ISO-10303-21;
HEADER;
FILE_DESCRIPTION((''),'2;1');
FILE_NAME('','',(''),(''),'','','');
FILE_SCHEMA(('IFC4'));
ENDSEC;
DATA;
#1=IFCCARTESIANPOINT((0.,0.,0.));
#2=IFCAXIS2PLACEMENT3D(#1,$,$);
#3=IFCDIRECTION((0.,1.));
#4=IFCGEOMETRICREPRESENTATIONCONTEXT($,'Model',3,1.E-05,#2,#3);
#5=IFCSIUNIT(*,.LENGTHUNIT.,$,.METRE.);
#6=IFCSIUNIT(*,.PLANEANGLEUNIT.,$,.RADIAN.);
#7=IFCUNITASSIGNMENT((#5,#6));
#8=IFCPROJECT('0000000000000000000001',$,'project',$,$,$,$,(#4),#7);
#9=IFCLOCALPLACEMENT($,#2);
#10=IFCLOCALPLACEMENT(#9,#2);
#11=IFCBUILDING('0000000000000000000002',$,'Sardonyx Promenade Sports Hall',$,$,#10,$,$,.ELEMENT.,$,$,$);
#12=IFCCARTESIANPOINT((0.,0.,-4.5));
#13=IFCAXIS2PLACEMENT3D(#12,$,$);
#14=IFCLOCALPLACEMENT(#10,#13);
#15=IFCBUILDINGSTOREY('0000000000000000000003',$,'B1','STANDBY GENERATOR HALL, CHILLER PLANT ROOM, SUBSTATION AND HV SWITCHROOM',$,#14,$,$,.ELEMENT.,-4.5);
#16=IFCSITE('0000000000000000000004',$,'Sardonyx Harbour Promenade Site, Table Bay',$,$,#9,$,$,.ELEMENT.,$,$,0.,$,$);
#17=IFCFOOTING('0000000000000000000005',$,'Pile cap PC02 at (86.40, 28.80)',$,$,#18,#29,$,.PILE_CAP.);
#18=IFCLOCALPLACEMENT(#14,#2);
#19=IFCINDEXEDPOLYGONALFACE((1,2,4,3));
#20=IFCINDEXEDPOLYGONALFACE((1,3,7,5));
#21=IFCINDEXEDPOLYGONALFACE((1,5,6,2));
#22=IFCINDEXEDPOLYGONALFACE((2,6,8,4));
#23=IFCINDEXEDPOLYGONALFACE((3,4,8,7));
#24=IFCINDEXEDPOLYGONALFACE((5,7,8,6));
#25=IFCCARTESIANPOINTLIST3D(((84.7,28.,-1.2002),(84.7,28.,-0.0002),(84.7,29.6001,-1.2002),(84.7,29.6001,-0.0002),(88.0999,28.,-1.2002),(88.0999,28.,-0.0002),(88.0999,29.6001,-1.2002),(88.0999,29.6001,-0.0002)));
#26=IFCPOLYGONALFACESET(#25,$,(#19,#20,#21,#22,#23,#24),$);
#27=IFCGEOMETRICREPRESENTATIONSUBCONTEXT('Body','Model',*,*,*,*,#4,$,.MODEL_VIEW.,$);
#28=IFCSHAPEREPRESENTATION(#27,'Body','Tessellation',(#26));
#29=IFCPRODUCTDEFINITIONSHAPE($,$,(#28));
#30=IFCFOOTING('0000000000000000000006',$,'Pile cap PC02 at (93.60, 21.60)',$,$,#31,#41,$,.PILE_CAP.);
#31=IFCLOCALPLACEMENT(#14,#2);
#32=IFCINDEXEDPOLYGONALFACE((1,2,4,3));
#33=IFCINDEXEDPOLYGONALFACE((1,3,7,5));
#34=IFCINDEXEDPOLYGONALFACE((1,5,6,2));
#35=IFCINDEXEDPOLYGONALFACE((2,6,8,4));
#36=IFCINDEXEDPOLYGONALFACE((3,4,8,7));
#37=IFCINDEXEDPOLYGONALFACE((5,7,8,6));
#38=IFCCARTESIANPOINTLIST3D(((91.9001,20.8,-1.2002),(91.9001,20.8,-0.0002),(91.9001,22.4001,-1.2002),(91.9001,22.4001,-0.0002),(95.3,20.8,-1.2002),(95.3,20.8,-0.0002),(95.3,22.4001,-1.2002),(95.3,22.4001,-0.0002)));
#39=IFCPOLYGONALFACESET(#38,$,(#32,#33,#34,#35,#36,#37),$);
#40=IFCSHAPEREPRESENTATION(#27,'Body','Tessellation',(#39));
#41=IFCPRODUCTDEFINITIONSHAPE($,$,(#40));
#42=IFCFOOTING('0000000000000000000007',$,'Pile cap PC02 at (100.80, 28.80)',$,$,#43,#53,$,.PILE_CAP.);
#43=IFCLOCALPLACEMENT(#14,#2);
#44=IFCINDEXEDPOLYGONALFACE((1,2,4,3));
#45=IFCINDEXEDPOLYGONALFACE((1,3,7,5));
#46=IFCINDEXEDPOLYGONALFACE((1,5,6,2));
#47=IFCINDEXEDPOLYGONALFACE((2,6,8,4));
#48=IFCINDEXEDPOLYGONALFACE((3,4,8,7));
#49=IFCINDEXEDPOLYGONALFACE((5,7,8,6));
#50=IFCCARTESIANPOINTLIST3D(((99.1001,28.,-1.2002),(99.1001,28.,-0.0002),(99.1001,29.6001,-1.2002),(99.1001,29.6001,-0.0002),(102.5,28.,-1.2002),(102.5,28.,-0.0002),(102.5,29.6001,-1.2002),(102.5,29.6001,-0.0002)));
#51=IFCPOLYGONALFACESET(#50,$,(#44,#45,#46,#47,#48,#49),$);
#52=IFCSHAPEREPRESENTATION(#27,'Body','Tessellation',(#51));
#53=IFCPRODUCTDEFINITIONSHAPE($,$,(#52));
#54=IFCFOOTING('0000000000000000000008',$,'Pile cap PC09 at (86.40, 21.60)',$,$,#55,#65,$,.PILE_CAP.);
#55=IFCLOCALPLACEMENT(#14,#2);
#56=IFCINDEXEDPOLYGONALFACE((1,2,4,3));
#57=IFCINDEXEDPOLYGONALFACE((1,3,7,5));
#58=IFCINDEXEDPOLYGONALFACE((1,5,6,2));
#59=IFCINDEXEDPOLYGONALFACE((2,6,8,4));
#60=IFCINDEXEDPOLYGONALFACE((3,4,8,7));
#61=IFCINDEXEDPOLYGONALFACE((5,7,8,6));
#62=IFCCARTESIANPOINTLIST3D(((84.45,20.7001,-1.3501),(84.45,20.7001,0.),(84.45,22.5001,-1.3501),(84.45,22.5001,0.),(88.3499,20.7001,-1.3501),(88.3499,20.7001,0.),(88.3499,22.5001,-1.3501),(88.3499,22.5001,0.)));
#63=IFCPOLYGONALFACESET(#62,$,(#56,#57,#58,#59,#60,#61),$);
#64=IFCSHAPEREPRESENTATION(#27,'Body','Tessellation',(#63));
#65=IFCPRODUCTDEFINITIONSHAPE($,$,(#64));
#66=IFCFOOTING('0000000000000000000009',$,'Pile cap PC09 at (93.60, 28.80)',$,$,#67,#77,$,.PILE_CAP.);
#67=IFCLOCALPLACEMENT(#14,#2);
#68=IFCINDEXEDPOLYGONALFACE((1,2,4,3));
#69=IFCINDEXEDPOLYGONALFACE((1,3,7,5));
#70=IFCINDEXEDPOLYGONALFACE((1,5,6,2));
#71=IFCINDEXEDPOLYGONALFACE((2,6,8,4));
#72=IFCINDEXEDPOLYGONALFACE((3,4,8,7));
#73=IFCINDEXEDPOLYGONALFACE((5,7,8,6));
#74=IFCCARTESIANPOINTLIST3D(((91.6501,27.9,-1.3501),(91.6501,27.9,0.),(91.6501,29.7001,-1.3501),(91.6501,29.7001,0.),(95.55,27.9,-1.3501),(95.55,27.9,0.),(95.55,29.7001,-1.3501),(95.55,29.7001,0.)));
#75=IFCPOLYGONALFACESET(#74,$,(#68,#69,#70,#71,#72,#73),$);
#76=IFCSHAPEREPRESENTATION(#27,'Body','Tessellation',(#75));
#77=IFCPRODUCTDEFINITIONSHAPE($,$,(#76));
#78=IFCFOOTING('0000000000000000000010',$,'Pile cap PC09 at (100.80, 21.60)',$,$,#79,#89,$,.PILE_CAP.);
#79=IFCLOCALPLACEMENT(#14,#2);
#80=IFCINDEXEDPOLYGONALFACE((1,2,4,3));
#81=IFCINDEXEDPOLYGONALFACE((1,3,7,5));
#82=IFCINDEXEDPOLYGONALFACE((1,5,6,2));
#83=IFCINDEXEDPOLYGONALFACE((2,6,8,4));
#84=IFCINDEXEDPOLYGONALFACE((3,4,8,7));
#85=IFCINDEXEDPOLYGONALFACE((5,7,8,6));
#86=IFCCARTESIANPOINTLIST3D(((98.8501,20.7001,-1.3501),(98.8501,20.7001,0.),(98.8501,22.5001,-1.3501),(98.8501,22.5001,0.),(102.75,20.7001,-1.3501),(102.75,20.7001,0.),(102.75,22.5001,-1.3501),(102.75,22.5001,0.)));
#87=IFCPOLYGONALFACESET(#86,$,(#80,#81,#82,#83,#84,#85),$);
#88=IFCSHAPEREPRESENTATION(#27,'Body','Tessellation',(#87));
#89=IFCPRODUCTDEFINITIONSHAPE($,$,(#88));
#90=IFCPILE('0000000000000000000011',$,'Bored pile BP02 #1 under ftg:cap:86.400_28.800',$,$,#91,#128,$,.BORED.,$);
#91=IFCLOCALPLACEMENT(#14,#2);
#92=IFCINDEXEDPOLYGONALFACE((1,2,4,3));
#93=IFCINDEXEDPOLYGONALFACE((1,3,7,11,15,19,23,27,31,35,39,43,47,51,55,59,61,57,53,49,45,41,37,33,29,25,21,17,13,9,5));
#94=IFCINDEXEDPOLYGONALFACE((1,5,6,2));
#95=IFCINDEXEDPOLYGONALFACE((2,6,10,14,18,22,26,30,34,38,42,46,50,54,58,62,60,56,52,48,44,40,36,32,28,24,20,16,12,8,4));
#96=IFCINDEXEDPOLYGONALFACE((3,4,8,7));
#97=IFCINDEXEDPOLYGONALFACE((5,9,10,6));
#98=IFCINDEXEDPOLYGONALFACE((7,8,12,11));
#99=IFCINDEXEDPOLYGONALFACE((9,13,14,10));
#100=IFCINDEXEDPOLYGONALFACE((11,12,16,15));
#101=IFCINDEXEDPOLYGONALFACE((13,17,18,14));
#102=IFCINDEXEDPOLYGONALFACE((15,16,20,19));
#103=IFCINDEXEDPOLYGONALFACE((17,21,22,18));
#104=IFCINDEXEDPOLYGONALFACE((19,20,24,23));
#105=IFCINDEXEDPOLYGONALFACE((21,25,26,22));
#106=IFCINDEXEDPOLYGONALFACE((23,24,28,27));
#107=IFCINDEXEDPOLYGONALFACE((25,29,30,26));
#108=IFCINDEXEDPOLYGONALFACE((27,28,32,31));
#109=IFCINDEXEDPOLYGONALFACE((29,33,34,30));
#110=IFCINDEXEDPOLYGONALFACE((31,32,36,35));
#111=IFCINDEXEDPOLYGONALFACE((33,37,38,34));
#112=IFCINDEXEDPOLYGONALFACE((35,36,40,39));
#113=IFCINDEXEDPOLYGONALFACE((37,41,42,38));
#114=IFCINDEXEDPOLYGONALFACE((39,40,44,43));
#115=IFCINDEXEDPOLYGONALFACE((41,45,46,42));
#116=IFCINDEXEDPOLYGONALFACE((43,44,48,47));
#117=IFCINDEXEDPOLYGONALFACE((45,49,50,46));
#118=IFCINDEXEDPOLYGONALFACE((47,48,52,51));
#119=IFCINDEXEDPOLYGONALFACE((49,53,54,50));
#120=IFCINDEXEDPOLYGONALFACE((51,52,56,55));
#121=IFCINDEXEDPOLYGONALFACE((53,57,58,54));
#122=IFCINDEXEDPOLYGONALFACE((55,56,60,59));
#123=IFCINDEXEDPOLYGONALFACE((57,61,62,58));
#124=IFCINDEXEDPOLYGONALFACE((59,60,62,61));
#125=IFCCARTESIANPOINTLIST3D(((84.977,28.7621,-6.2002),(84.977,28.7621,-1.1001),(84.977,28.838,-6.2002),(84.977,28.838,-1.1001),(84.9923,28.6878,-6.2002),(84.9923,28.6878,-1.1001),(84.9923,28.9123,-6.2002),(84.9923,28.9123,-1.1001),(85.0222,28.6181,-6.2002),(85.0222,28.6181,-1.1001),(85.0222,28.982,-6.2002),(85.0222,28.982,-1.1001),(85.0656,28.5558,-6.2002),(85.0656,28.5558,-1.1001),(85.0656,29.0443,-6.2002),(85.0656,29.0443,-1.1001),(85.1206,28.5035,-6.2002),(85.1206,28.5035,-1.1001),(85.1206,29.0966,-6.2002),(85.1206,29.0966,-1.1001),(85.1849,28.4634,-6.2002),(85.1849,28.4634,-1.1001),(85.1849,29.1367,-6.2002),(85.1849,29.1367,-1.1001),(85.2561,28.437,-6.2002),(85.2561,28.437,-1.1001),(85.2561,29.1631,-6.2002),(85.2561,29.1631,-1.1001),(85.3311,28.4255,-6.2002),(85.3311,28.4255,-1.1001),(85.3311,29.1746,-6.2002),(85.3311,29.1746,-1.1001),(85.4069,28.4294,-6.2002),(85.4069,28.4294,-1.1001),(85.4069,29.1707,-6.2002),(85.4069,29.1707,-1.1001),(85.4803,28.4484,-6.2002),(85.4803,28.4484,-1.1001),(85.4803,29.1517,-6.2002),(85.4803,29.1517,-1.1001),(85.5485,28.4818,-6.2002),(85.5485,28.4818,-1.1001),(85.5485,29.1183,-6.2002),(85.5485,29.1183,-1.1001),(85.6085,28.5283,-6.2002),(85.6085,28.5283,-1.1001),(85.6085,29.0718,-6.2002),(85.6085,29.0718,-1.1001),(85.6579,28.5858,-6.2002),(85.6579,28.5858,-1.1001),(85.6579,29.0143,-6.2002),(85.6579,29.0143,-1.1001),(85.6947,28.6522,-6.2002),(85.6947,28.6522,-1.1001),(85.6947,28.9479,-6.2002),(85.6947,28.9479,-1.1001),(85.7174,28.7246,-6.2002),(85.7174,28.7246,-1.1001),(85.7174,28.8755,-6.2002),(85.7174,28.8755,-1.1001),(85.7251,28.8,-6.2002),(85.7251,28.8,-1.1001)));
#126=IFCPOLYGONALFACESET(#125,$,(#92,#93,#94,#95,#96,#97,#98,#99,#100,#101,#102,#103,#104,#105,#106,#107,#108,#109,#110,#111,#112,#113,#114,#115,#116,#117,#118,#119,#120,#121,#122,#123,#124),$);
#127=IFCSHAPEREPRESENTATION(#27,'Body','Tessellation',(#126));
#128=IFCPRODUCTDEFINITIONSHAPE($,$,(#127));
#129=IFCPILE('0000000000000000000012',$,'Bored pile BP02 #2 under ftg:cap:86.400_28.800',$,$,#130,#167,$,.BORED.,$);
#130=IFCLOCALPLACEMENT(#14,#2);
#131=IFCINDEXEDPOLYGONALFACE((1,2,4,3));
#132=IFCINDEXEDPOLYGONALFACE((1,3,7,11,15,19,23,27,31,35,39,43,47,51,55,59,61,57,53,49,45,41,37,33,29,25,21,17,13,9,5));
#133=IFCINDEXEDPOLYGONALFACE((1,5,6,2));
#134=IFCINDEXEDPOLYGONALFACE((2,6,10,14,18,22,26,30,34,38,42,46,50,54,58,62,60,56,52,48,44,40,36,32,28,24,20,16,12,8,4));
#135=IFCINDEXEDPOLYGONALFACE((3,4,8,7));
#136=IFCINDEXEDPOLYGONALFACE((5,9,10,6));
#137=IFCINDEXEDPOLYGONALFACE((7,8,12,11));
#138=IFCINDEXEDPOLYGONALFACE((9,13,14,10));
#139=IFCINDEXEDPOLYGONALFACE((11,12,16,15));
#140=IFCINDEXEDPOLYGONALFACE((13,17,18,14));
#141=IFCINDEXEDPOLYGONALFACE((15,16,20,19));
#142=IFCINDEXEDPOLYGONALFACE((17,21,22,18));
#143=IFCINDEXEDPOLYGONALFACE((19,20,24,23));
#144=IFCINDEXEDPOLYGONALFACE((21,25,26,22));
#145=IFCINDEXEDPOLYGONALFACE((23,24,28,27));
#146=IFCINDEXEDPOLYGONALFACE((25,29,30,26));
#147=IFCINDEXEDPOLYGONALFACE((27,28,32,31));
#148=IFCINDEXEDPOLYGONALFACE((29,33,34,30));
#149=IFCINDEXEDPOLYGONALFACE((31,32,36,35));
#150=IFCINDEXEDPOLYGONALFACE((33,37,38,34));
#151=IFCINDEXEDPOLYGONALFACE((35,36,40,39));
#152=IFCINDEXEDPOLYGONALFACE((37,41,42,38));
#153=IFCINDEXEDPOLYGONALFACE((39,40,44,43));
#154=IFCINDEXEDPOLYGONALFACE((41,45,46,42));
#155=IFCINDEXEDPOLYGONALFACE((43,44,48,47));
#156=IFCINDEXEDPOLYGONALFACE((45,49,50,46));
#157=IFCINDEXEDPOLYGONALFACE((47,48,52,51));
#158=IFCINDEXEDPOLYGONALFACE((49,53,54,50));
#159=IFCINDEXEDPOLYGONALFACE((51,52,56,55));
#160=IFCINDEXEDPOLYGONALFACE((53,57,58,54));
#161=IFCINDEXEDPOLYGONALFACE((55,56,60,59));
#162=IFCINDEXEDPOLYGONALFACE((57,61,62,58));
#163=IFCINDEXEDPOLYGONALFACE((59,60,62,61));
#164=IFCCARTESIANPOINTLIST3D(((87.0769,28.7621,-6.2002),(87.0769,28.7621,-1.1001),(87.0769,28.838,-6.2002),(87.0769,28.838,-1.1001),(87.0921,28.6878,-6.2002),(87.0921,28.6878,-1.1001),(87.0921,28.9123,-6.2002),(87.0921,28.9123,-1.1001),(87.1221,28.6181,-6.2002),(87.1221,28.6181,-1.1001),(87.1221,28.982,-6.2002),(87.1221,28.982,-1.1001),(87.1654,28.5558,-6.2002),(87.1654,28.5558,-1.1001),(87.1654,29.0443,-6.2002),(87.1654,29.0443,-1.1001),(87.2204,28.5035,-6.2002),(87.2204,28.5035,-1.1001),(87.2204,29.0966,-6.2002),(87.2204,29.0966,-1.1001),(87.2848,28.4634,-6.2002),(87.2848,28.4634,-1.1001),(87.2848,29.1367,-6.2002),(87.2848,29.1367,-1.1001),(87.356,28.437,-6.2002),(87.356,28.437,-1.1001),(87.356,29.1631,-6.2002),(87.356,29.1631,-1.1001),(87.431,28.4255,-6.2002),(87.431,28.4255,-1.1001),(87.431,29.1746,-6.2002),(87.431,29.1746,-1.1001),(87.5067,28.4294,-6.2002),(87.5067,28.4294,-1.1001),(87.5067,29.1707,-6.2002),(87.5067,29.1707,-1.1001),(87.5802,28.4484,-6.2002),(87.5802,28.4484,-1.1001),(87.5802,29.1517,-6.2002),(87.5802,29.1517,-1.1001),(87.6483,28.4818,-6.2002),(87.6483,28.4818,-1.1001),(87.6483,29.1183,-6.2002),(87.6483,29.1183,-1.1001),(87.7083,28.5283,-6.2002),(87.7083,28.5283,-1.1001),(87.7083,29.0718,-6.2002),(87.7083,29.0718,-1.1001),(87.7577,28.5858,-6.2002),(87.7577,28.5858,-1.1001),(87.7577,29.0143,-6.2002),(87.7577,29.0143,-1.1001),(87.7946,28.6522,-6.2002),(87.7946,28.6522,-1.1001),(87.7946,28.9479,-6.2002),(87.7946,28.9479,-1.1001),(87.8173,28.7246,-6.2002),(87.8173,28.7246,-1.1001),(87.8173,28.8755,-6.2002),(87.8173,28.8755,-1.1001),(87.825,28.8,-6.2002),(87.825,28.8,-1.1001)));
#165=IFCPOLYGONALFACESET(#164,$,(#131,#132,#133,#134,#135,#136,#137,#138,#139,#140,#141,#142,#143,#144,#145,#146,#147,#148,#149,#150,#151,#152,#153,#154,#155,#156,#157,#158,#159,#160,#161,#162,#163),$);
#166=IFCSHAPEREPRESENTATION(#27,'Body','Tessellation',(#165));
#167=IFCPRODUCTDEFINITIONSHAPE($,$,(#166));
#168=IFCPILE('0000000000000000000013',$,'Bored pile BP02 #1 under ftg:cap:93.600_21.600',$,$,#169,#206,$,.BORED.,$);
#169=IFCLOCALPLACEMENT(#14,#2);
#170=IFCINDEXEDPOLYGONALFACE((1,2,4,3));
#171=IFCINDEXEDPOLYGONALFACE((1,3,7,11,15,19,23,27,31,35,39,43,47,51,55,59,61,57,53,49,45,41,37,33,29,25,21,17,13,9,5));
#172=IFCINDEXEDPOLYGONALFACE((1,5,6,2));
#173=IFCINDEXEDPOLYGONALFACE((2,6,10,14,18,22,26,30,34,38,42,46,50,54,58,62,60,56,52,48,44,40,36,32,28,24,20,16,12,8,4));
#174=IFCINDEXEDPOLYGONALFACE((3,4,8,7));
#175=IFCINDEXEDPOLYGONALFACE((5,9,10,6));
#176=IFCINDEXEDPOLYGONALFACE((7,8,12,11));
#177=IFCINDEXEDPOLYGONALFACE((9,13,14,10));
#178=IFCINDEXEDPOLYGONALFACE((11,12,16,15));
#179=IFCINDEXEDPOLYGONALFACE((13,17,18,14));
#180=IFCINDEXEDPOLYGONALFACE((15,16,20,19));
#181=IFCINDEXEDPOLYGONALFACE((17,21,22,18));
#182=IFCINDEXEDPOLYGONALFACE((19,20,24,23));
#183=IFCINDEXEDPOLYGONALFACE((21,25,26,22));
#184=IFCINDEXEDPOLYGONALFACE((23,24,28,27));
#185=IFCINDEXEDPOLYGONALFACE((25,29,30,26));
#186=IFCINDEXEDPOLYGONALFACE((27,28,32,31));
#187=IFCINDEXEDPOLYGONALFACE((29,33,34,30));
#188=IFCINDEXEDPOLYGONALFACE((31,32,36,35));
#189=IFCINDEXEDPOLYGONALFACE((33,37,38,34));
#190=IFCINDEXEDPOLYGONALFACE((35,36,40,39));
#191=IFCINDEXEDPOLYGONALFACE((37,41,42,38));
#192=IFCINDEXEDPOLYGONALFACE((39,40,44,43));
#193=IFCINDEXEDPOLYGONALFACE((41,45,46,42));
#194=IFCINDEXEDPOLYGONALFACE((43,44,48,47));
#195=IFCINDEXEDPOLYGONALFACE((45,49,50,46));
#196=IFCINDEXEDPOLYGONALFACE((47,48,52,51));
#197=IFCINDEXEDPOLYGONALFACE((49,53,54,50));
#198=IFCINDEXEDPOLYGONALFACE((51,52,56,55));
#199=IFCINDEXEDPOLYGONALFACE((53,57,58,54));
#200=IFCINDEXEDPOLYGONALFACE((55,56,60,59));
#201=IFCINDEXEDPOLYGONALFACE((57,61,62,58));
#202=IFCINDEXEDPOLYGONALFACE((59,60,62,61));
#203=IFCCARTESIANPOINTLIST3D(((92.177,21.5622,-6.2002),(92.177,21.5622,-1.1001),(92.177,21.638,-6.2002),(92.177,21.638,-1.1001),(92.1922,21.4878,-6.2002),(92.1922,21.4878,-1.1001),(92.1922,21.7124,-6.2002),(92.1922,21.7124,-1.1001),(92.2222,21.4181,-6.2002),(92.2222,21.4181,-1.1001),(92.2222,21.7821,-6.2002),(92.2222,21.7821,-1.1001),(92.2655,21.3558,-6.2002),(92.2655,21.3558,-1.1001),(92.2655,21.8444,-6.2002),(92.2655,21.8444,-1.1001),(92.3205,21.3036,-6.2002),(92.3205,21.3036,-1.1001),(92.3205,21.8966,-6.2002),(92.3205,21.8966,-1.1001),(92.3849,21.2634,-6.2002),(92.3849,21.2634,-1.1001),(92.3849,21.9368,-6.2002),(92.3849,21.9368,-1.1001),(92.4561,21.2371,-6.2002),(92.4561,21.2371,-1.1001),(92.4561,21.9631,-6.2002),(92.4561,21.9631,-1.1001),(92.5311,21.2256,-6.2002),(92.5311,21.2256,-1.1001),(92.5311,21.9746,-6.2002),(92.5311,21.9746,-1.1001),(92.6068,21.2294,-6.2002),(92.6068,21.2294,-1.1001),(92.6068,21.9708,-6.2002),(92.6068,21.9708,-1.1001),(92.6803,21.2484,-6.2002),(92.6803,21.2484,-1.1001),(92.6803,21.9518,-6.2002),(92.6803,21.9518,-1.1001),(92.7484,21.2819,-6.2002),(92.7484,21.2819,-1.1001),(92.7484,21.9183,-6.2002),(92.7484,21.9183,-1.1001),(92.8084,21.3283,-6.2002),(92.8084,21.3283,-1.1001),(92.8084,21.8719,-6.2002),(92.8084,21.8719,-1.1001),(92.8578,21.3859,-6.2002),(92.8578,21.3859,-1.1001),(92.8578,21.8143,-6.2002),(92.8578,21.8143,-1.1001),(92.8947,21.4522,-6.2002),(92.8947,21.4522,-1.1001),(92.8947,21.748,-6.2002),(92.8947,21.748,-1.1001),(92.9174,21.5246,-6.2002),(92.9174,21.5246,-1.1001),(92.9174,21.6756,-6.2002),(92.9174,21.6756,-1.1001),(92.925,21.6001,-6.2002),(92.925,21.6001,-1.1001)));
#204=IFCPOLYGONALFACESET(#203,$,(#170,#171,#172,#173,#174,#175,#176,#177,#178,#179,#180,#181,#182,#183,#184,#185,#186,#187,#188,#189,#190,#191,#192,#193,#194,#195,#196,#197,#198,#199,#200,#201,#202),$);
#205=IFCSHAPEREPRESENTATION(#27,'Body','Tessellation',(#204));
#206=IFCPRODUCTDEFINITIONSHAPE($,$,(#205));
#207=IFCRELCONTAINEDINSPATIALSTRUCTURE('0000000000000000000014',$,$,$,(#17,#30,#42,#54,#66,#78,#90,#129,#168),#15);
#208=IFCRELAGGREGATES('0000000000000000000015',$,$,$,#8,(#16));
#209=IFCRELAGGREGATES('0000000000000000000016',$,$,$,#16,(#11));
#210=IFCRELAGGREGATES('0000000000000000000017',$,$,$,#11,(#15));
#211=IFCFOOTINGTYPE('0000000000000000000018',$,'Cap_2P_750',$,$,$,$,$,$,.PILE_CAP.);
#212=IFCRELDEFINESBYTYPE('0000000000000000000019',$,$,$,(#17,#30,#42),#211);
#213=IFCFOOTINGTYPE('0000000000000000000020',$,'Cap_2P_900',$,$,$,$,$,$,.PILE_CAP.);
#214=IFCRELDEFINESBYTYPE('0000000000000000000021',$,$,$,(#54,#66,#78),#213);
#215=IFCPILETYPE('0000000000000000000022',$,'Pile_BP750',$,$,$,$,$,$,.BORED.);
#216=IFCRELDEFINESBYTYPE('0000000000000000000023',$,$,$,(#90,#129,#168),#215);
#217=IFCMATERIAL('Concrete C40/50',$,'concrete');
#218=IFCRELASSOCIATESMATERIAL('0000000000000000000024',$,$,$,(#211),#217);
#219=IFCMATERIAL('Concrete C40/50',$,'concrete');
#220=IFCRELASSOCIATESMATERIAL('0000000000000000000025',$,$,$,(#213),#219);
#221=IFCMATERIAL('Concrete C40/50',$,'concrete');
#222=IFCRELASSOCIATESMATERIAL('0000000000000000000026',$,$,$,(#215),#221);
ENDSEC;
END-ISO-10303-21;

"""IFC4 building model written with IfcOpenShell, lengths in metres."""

from ifc_helpers import new_model, si_unit, direction, frame, origin, origin_2d, place, context, subcontext, project, spatial, rectangle, circle, extrude, material, material_profile, profile_set, type_object, element, save


model = new_model("IFC4")

# Units and contexts
model_context = context("Model", 3, precision=1e-05, world=origin(), true_north=direction((0.0, 1.0)))
body_context = subcontext(model_context, "Body", "Model", "MODEL_VIEW")
ifc_project = project(units=[si_unit("LENGTHUNIT", "METRE"), si_unit("PLANEANGLEUNIT", "RADIAN")], contexts=[model_context])

# Site, building, storey
site_placement = place(None, origin())
site = spatial("IfcSite", under=ifc_project, at=site_placement, Name="Sardonyx Harbour Promenade Site, Table Bay", CompositionType="ELEMENT", RefElevation=0.0)
building_placement = place(site_placement, origin())
building = spatial("IfcBuilding", under=site, at=building_placement, Name="Sardonyx Promenade Sports Hall", CompositionType="ELEMENT")
storey_placement = place(building_placement, frame((0.0, 0.0, -4.5)))
storey = spatial("IfcBuildingStorey", under=building, at=storey_placement, Name="B1", Description="STANDBY GENERATOR HALL, CHILLER PLANT ROOM, SUBSTATION AND HV SWITCHROOM", CompositionType="ELEMENT", Elevation=-4.5)

# Footings
ifc_material_1 = material(Name="Concrete C40/50", Category="concrete")
footing_type_1 = type_object("IfcFootingType", Name="Cap_2P_750", PredefinedType="PILE_CAP", material=ifc_material_1)
for number, where, z_axis, x_axis, name in (
    (1, (86.3999, 28.8, -1.2002), (0.0, 0.0, 1.0), (1.0, 0.0, 0.0), "Pile cap PC02 at (86.40, 28.80)"),
    (2, (93.6001, 21.6001, -1.2002), (0.0, 0.0, 1.0), (1.0, 0.0, 0.0), "Pile cap PC02 at (93.60, 21.60)"),
    (3, (100.8, 28.8, -1.2002), (0.0, 0.0, 1.0), (1.0, 0.0, 0.0), "Pile cap PC02 at (100.80, 28.80)"),
):
    element("IfcFooting", number, at=place(storey_placement, frame(where, z_axis=z_axis, x_axis=x_axis)), inside=storey, type_object=footing_type_1, Name=name, PredefinedType="PILE_CAP", context=body_context, shape_type="SweptSolid", body=[
        extrude(rectangle(XDim=3.3999, YDim=1.6001, at=origin_2d()), origin(), (0.0, 0.0, 1.0), 1.2),
    ])
ifc_material_2 = material(Name="Concrete C40/50", Category="concrete")
footing_type_2 = type_object("IfcFootingType", Name="Cap_2P_900", PredefinedType="PILE_CAP", material=ifc_material_2)
for number, where, z_axis, x_axis, name in (
    (4, (86.3999, 21.6001, -1.3501), (0.0, 0.0, 1.0), (1.0, 0.0, 0.0), "Pile cap PC09 at (86.40, 21.60)"),
    (5, (93.6001, 28.8, -1.3501), (0.0, 0.0, 1.0), (1.0, 0.0, 0.0), "Pile cap PC09 at (93.60, 28.80)"),
    (6, (100.8, 21.6001, -1.3501), (0.0, 0.0, 1.0), (1.0, 0.0, 0.0), "Pile cap PC09 at (100.80, 21.60)"),
):
    element("IfcFooting", number, at=place(storey_placement, frame(where, z_axis=z_axis, x_axis=x_axis)), inside=storey, type_object=footing_type_2, Name=name, PredefinedType="PILE_CAP", context=body_context, shape_type="SweptSolid", body=[
        extrude(rectangle(XDim=3.8999, YDim=1.8, at=origin_2d()), origin(), (0.0, 0.0, 1.0), 1.3501),
    ])

# Piles
ifc_material_3 = material(Name="Concrete C40/50", Category="concrete")
ifc_material_profile_1 = material_profile(ifc_material_3, circle(Radius=0.375, at=origin_2d()))
ifc_profile_set_1 = profile_set([ifc_material_profile_1], Name="Concrete C40/50")
pile_type_1 = type_object("IfcPileType", Name="Pile_BP750", PredefinedType="BORED", material=ifc_profile_set_1)
for number, where, z_axis, x_axis, name in (
    (7, (85.3501, 28.8, -1.1001), (0.0, 0.0, -1.0), (1.0, 0.0, 0.0), "Bored pile BP02 #1 under ftg:cap:86.400_28.800"),
    (8, (87.45, 28.8, -1.1001), (0.0, 0.0, -1.0), (1.0, 0.0, 0.0), "Bored pile BP02 #2 under ftg:cap:86.400_28.800"),
    (9, (92.55, 21.6001, -1.1001), (0.0, 0.0, -1.0), (1.0, 0.0, 0.0), "Bored pile BP02 #1 under ftg:cap:93.600_21.600"),
):
    element("IfcPile", number, at=place(storey_placement, frame(where, z_axis=z_axis, x_axis=x_axis)), inside=storey, type_object=pile_type_1, Name=name, PredefinedType="BORED", context=body_context, shape_type="SweptSolid", body=[
        extrude(circle(Radius=0.375, at=origin_2d()), origin(), (0.0, 0.0, 1.0), 5.1001),
    ])

save(model, "model.ifc")
